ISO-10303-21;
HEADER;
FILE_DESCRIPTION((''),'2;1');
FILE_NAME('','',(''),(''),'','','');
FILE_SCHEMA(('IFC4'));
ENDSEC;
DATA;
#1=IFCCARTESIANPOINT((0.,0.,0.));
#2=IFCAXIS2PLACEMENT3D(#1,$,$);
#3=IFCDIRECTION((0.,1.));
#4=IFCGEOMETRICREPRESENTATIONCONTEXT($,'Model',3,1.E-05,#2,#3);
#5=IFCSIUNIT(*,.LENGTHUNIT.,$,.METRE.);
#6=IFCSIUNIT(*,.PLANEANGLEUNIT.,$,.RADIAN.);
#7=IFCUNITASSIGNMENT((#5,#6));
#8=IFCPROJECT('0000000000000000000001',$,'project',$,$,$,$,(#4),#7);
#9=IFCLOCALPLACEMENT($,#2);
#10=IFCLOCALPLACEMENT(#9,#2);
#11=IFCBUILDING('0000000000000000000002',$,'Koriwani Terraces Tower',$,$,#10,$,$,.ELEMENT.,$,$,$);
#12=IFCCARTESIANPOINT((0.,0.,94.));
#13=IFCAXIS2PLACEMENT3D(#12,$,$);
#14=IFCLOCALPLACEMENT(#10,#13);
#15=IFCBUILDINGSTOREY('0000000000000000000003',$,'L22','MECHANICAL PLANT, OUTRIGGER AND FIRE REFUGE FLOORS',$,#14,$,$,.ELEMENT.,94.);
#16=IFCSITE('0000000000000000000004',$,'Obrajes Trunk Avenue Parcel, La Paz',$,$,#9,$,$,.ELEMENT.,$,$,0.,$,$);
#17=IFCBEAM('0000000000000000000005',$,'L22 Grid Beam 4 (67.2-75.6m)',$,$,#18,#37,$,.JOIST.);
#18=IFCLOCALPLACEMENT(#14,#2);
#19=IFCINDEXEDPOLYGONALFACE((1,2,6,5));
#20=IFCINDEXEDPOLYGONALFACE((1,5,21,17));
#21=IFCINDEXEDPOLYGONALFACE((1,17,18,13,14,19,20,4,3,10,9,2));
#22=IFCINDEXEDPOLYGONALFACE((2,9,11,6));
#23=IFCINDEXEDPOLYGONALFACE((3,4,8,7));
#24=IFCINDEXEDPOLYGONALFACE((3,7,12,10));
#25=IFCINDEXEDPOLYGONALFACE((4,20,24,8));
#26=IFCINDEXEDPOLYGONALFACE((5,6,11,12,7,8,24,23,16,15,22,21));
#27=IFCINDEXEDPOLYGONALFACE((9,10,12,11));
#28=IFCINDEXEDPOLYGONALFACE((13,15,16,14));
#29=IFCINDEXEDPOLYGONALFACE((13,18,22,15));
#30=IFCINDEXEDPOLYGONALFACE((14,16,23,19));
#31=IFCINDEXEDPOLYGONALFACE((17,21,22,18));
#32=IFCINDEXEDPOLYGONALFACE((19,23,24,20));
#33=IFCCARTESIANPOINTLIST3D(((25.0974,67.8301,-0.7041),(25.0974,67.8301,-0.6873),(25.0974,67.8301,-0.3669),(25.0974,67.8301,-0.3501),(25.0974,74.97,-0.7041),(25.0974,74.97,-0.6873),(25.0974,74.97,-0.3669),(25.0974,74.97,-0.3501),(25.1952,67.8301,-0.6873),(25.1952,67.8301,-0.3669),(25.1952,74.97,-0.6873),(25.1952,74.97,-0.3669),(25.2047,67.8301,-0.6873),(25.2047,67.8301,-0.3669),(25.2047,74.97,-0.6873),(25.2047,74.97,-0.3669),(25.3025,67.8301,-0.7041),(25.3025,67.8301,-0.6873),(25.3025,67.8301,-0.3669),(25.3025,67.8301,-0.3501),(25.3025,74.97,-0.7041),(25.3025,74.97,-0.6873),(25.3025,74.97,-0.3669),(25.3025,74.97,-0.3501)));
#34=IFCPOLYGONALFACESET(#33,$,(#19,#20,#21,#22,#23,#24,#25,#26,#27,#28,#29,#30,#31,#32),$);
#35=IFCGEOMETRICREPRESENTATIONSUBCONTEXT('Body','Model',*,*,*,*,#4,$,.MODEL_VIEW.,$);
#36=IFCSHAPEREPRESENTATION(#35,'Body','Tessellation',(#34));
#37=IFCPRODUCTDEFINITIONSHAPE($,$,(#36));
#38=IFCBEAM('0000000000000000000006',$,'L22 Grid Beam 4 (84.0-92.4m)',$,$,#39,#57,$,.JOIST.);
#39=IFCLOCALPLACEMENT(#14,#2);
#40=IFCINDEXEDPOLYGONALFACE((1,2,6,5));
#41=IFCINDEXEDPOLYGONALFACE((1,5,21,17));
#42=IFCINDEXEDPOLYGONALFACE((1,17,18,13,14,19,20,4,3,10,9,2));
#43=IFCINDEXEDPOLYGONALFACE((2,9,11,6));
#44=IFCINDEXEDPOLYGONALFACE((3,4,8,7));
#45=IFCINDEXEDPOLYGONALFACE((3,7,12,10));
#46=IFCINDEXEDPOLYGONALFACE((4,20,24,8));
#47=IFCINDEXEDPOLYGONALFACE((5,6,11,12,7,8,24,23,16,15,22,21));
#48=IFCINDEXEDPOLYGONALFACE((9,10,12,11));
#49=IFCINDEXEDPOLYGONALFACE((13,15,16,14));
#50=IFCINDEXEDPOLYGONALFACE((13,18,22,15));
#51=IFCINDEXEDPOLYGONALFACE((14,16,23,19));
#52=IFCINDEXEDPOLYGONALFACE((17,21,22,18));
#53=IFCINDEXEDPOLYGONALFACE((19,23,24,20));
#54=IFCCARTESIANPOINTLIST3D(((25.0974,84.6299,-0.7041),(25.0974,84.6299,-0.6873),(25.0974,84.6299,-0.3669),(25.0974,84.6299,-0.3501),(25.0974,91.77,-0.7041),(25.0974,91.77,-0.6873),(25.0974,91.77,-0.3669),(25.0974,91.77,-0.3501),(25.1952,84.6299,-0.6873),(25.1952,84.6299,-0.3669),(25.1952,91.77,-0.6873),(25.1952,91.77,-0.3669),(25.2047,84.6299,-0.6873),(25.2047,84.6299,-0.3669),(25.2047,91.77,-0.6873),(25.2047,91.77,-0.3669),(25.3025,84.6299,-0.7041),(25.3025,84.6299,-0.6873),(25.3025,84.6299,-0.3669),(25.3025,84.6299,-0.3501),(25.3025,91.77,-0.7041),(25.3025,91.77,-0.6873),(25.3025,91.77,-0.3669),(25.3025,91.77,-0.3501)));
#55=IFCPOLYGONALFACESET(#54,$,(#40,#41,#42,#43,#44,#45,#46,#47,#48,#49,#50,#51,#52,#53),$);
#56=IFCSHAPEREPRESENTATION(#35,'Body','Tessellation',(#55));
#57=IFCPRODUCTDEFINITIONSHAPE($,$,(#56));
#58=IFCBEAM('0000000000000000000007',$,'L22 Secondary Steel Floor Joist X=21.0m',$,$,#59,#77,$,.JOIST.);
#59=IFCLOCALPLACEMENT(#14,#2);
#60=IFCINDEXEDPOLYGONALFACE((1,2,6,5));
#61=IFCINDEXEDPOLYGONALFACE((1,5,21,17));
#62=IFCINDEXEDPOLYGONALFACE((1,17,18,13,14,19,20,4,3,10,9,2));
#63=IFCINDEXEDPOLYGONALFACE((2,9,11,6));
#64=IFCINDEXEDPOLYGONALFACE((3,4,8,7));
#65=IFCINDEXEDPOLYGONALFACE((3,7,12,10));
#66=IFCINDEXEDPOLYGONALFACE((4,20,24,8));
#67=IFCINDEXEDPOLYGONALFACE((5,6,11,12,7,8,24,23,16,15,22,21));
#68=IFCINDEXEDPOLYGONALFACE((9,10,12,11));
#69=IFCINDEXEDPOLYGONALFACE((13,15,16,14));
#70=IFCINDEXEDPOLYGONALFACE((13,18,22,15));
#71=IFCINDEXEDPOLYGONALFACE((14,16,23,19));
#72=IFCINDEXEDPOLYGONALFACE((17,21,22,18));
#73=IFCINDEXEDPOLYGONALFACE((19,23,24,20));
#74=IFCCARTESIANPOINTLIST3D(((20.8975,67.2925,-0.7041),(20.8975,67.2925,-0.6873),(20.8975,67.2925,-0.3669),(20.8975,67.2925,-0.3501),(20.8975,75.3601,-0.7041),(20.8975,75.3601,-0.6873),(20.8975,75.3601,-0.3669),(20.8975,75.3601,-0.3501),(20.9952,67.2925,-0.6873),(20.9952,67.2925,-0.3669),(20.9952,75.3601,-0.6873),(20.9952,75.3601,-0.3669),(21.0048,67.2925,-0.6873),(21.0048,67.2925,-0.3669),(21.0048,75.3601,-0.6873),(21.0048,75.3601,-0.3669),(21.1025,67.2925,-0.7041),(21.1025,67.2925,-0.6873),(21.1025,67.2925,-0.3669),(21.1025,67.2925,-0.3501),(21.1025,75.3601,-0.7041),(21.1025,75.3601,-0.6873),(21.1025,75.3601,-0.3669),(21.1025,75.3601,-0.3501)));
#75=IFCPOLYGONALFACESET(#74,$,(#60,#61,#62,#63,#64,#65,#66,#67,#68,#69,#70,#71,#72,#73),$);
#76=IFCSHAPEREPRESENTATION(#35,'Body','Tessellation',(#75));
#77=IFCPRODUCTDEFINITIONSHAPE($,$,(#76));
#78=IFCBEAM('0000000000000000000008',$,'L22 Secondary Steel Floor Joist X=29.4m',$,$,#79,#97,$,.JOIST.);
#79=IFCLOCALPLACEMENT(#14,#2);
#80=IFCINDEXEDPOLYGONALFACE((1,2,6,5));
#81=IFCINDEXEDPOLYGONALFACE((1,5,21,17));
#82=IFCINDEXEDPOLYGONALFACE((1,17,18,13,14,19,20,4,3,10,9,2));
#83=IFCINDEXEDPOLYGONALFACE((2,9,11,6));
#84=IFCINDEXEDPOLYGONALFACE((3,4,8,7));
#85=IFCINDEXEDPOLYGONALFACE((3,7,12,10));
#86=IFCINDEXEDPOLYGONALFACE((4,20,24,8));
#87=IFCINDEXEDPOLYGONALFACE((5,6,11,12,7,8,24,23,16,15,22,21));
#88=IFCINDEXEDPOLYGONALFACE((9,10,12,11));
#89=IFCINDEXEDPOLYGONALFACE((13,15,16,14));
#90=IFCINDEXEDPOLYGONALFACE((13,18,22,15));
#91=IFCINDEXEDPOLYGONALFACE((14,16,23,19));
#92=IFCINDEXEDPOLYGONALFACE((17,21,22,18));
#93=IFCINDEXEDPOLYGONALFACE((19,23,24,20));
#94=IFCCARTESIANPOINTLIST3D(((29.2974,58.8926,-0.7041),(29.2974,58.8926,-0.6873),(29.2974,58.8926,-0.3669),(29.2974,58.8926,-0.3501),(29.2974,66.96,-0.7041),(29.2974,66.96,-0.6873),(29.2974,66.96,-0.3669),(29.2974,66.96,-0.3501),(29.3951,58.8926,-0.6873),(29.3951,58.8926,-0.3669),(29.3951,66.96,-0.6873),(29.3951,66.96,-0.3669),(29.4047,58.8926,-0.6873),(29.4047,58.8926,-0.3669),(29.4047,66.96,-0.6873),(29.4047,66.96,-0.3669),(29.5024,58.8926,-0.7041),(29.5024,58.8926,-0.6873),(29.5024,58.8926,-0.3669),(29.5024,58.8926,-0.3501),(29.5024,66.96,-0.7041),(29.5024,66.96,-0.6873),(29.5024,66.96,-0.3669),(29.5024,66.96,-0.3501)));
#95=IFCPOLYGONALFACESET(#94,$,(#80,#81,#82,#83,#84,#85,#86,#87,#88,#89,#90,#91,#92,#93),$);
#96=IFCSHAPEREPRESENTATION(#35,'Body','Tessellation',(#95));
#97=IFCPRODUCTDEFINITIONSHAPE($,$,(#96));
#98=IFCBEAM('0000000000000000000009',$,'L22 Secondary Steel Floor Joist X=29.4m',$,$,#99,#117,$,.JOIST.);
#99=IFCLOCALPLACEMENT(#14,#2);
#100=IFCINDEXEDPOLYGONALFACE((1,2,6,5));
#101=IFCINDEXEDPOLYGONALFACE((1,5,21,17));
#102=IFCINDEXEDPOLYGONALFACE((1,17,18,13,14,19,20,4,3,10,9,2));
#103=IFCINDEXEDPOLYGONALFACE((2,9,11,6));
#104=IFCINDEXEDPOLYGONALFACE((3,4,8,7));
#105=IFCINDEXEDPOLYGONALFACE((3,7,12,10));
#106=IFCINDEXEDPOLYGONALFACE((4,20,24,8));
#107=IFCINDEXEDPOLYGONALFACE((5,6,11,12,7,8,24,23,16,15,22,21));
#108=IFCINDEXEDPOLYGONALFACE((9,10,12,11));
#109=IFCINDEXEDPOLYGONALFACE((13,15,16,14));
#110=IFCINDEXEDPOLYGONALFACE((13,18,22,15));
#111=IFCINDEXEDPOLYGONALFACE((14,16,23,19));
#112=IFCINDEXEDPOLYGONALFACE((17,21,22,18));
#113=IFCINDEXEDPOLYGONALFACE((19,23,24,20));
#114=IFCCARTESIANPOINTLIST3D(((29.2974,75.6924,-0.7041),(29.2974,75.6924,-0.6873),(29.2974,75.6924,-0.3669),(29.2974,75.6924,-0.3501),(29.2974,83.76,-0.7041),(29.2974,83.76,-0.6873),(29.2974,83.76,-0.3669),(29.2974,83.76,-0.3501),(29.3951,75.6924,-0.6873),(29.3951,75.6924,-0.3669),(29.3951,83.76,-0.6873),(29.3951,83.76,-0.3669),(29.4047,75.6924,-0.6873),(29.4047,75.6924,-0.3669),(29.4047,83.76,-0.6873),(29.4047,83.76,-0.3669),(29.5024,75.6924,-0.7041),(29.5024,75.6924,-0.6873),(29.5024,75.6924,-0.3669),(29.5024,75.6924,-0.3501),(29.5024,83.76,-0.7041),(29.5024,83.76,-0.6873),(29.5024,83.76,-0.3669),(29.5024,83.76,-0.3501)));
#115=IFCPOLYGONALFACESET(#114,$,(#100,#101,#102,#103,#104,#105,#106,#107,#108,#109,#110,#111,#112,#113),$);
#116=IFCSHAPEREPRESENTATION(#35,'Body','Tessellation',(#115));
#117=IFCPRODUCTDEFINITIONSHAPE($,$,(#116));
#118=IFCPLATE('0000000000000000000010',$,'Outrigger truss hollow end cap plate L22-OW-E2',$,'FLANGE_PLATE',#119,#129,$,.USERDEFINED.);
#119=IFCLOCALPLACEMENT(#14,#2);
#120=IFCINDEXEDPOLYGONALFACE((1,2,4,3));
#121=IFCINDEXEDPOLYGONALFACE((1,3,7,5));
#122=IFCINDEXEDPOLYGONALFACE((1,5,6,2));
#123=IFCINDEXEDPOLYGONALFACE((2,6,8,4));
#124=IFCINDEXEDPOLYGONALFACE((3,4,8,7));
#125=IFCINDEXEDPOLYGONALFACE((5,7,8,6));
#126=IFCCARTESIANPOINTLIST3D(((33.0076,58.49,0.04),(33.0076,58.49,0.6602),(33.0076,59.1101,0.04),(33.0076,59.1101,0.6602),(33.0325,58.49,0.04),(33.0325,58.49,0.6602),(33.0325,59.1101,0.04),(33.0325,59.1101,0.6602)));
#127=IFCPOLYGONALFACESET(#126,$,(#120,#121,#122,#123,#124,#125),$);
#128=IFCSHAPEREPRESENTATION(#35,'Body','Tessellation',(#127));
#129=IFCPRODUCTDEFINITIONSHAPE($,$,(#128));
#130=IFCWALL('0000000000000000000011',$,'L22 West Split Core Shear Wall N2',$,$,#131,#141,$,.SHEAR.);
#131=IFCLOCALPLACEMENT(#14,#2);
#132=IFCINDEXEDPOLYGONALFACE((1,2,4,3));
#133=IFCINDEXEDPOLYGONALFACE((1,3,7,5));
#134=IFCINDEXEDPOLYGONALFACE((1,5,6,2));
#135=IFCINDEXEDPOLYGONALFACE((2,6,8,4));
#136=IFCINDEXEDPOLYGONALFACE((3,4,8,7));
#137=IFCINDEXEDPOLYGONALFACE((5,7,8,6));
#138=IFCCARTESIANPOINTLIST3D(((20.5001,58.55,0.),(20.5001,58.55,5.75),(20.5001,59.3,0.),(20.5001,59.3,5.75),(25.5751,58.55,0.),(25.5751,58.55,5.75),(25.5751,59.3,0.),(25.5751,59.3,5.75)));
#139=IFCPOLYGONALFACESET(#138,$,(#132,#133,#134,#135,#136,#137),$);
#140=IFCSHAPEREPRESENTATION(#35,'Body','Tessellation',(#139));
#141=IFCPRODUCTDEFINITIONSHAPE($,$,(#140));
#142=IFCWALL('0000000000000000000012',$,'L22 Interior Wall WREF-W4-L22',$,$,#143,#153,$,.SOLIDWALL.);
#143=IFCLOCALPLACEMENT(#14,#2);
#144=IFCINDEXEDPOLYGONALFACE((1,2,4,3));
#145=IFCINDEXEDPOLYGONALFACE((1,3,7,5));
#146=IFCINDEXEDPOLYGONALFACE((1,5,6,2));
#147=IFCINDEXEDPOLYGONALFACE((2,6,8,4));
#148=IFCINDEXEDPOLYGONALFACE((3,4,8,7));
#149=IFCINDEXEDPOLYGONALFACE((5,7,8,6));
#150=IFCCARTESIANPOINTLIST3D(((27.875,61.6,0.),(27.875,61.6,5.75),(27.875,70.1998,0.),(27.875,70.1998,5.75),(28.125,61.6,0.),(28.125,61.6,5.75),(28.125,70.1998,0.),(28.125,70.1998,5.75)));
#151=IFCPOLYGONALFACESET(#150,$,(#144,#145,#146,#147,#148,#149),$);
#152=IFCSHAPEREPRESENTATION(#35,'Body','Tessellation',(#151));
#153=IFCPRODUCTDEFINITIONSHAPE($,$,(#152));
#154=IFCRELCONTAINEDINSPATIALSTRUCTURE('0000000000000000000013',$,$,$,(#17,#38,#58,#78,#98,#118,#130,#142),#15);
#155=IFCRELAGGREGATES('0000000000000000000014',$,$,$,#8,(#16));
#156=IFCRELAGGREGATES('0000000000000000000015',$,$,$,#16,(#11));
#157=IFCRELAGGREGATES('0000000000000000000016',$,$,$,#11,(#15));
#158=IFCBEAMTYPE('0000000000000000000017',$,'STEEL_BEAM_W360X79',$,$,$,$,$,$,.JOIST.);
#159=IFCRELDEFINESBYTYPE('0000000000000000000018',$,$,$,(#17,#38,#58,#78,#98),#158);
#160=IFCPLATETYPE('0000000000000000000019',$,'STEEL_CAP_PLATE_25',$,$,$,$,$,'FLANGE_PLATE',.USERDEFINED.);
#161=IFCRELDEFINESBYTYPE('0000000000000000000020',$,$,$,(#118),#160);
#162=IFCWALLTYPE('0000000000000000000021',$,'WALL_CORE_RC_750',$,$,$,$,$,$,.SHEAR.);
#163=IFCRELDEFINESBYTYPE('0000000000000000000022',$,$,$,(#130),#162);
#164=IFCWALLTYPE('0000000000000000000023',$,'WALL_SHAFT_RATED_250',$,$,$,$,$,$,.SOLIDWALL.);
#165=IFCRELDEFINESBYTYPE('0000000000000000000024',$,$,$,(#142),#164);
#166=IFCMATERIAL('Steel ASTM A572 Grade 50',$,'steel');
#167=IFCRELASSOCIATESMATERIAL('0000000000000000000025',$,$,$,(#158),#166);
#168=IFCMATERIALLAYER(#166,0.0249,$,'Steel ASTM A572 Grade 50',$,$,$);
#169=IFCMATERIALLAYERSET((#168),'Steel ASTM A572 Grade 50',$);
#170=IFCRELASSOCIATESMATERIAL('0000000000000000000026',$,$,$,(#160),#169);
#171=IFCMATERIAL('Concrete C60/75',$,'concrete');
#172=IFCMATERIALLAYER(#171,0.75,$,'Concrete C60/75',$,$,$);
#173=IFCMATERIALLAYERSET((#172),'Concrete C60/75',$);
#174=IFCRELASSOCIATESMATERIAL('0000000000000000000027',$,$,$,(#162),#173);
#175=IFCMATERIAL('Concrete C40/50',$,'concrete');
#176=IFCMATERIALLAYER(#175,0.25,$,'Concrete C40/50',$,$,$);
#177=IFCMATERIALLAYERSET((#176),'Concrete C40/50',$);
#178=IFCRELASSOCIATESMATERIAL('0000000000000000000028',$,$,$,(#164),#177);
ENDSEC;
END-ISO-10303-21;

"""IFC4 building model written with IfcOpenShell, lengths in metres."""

from ifc_helpers import new_model, si_unit, direction, frame, frame_2d, origin, origin_2d, place, context, subcontext, project, spatial, rectangle, i_section, extrude, material, layer, layer_set, material_profile, profile_set, type_object, element, save


model = new_model("IFC4")

# Units and contexts
model_context = context("Model", 3, precision=1e-05, world=origin(), true_north=direction((0.0, 1.0)))
body_context = subcontext(model_context, "Body", "Model", "MODEL_VIEW")
ifc_project = project(units=[si_unit("LENGTHUNIT", "METRE"), si_unit("PLANEANGLEUNIT", "RADIAN")], contexts=[model_context])

# Site, building, storey
site_placement = place(None, origin())
site = spatial("IfcSite", under=ifc_project, at=site_placement, Name="Obrajes Trunk Avenue Parcel, La Paz", CompositionType="ELEMENT", RefElevation=0.0)
building_placement = place(site_placement, origin())
building = spatial("IfcBuilding", under=site, at=building_placement, Name="Koriwani Terraces Tower", CompositionType="ELEMENT")
storey_placement = place(building_placement, frame((0.0, 0.0, 94.0)))
storey = spatial("IfcBuildingStorey", under=building, at=storey_placement, Name="L22", Description="MECHANICAL PLANT, OUTRIGGER AND FIRE REFUGE FLOORS", CompositionType="ELEMENT", Elevation=94.0)

# Shared definitions
ifc_material_1 = material(Name="Concrete C60/75", Category="concrete")

# Shared definitions
ifc_material_2 = material(Name="Steel ASTM A572 Grade 50", Category="steel")

# Beams
ifc_material_profile_1 = material_profile(ifc_material_2, i_section(OverallWidth=0.2051, OverallDepth=0.354, WebThickness=0.0095, FlangeThickness=0.0168, at=origin_2d()), Name="Steel ASTM A572 Grade 50", Category="LoadBearing")
ifc_profile_set_1 = profile_set([ifc_material_profile_1], Name="Steel ASTM A572 Grade 50")
beam_type_1 = type_object("IfcBeamType", Name="STEEL_BEAM_W360X79", PredefinedType="JOIST", material=ifc_profile_set_1)
for number, where, z_axis, x_axis, name in (
    (1, (25.2, 67.8301, -0.5271), (0.0, 1.0, 0.0), (-1.0, 0.0, 0.0), "L22 Grid Beam 4 (67.2-75.6m)"),
):
    element("IfcBeam", number, at=place(storey_placement, frame(where, z_axis=z_axis, x_axis=x_axis)), inside=storey, type_object=beam_type_1, Name=name, PredefinedType="JOIST", context=body_context, shape_type="SweptSolid", body=[
        extrude(i_section(OverallWidth=0.2051, OverallDepth=0.354, WebThickness=0.0095, FlangeThickness=0.0168, at=origin_2d()), origin(), (0.0, 0.0, 1.0), 7.1399),
    ])
beam_1_placement = place(storey_placement, frame((25.2, 84.6299, -0.5271), z_axis=(0.0, 1.0, 0.0), x_axis=(-1.0, 0.0, 0.0)))
element("IfcBeam", 2, at=beam_1_placement, inside=storey, type_object=beam_type_1, Name="L22 Grid Beam 4 (84.0-92.4m)", PredefinedType="JOIST", context=body_context, shape_type="SweptSolid", body=[
    extrude(i_section(OverallWidth=0.2051, OverallDepth=0.354, WebThickness=0.0095, FlangeThickness=0.0168, at=origin_2d()), origin(), (0.0, 0.0, 1.0), 7.1401),
])
beam_2_placement = place(storey_placement, frame((21.0, 67.2925, -0.5271), z_axis=(0.0, 1.0, 0.0), x_axis=(-1.0, 0.0, 0.0)))
element("IfcBeam", 3, at=beam_2_placement, inside=storey, type_object=beam_type_1, Name="L22 Secondary Steel Floor Joist X=21.0m", PredefinedType="JOIST", context=body_context, shape_type="SweptSolid", body=[
    extrude(i_section(OverallWidth=0.2051, OverallDepth=0.354, WebThickness=0.0095, FlangeThickness=0.0168, at=origin_2d()), origin(), (0.0, 0.0, 1.0), 8.0676),
])
beam_3_placement = place(storey_placement, frame((29.3999, 58.8926, -0.5271), z_axis=(0.0, 1.0, 0.0), x_axis=(-1.0, 0.0, 0.0)))
element("IfcBeam", 4, at=beam_3_placement, inside=storey, type_object=beam_type_1, Name="L22 Secondary Steel Floor Joist X=29.4m", PredefinedType="JOIST", context=body_context, shape_type="SweptSolid", body=[
    extrude(i_section(OverallWidth=0.2051, OverallDepth=0.354, WebThickness=0.0095, FlangeThickness=0.0168, at=origin_2d()), origin(), (0.0, 0.0, 1.0), 8.0674),
])
beam_4_placement = place(storey_placement, frame((29.3999, 75.6924, -0.5271), z_axis=(0.0, 1.0, 0.0), x_axis=(-1.0, 0.0, 0.0)))
element("IfcBeam", 5, at=beam_4_placement, inside=storey, type_object=beam_type_1, Name="L22 Secondary Steel Floor Joist X=29.4m", PredefinedType="JOIST", context=body_context, shape_type="SweptSolid", body=[
    extrude(i_section(OverallWidth=0.2051, OverallDepth=0.354, WebThickness=0.0095, FlangeThickness=0.0168, at=origin_2d()), origin(), (0.0, 0.0, 1.0), 8.0676),
])

# Plate
ifc_layer_1 = layer(ifc_material_2, 0.0249, Name="Steel ASTM A572 Grade 50")
ifc_layer_set_1 = layer_set([ifc_layer_1], Name="Steel ASTM A572 Grade 50")
plate_type = type_object("IfcPlateType", Name="STEEL_CAP_PLATE_25", ElementType="FLANGE_PLATE", PredefinedType="USERDEFINED", material=ifc_layer_set_1)
plate_placement = place(storey_placement, frame((33.02, 58.8, 0.04), z_axis=(0.0, 0.0, 1.0), x_axis=(-1.0, 0.0, 0.0)))
element("IfcPlate", 6, at=plate_placement, inside=storey, type_object=plate_type, Name="Outrigger truss hollow end cap plate L22-OW-E2", ObjectType="FLANGE_PLATE", PredefinedType="USERDEFINED", context=body_context, shape_type="SweptSolid", body=[
    extrude(rectangle(XDim=0.0249, YDim=0.6201, at=origin_2d()), origin(), (0.0, 0.0, 1.0), 0.6201),
])

# Walls
ifc_layer_2 = layer(ifc_material_1, 0.75, Name="Concrete C60/75")
ifc_layer_set_2 = layer_set([ifc_layer_2], Name="Concrete C60/75")
wall_type_1 = type_object("IfcWallType", Name="WALL_CORE_RC_750", PredefinedType="SHEAR", material=ifc_layer_set_2)
wall_1_placement = place(storey_placement, frame((20.5, 58.925, 0.0), z_axis=(0.0, 0.0, 1.0), x_axis=(1.0, 0.0, 0.0)))
element("IfcWall", 7, at=wall_1_placement, inside=storey, type_object=wall_type_1, Name="L22 West Split Core Shear Wall N2", PredefinedType="SHEAR", context=body_context, shape_type="SweptSolid", body=[
    extrude(rectangle(XDim=5.075, YDim=0.75, at=frame_2d((2.5376, 0.0))), origin(), (0.0, 0.0, 1.0), 5.75),
])
ifc_material_3 = material(Name="Concrete C40/50", Category="concrete")
ifc_layer_3 = layer(ifc_material_3, 0.25, Name="Concrete C40/50")
ifc_layer_set_3 = layer_set([ifc_layer_3], Name="Concrete C40/50")
wall_type_2 = type_object("IfcWallType", Name="WALL_SHAFT_RATED_250", PredefinedType="SOLIDWALL", material=ifc_layer_set_3)
wall_2_placement = place(storey_placement, frame((28.0, 61.6001, 0.0), z_axis=(0.0, 0.0, 1.0), x_axis=(0.0, 1.0, 0.0)))
element("IfcWall", 8, at=wall_2_placement, inside=storey, type_object=wall_type_2, Name="L22 Interior Wall WREF-W4-L22", PredefinedType="SOLIDWALL", context=body_context, shape_type="SweptSolid", body=[
    extrude(rectangle(XDim=8.5999, YDim=0.25, at=frame_2d((4.2998, 0.0))), origin(), (0.0, 0.0, 1.0), 5.75),
])

save(model, "model.ifc")
